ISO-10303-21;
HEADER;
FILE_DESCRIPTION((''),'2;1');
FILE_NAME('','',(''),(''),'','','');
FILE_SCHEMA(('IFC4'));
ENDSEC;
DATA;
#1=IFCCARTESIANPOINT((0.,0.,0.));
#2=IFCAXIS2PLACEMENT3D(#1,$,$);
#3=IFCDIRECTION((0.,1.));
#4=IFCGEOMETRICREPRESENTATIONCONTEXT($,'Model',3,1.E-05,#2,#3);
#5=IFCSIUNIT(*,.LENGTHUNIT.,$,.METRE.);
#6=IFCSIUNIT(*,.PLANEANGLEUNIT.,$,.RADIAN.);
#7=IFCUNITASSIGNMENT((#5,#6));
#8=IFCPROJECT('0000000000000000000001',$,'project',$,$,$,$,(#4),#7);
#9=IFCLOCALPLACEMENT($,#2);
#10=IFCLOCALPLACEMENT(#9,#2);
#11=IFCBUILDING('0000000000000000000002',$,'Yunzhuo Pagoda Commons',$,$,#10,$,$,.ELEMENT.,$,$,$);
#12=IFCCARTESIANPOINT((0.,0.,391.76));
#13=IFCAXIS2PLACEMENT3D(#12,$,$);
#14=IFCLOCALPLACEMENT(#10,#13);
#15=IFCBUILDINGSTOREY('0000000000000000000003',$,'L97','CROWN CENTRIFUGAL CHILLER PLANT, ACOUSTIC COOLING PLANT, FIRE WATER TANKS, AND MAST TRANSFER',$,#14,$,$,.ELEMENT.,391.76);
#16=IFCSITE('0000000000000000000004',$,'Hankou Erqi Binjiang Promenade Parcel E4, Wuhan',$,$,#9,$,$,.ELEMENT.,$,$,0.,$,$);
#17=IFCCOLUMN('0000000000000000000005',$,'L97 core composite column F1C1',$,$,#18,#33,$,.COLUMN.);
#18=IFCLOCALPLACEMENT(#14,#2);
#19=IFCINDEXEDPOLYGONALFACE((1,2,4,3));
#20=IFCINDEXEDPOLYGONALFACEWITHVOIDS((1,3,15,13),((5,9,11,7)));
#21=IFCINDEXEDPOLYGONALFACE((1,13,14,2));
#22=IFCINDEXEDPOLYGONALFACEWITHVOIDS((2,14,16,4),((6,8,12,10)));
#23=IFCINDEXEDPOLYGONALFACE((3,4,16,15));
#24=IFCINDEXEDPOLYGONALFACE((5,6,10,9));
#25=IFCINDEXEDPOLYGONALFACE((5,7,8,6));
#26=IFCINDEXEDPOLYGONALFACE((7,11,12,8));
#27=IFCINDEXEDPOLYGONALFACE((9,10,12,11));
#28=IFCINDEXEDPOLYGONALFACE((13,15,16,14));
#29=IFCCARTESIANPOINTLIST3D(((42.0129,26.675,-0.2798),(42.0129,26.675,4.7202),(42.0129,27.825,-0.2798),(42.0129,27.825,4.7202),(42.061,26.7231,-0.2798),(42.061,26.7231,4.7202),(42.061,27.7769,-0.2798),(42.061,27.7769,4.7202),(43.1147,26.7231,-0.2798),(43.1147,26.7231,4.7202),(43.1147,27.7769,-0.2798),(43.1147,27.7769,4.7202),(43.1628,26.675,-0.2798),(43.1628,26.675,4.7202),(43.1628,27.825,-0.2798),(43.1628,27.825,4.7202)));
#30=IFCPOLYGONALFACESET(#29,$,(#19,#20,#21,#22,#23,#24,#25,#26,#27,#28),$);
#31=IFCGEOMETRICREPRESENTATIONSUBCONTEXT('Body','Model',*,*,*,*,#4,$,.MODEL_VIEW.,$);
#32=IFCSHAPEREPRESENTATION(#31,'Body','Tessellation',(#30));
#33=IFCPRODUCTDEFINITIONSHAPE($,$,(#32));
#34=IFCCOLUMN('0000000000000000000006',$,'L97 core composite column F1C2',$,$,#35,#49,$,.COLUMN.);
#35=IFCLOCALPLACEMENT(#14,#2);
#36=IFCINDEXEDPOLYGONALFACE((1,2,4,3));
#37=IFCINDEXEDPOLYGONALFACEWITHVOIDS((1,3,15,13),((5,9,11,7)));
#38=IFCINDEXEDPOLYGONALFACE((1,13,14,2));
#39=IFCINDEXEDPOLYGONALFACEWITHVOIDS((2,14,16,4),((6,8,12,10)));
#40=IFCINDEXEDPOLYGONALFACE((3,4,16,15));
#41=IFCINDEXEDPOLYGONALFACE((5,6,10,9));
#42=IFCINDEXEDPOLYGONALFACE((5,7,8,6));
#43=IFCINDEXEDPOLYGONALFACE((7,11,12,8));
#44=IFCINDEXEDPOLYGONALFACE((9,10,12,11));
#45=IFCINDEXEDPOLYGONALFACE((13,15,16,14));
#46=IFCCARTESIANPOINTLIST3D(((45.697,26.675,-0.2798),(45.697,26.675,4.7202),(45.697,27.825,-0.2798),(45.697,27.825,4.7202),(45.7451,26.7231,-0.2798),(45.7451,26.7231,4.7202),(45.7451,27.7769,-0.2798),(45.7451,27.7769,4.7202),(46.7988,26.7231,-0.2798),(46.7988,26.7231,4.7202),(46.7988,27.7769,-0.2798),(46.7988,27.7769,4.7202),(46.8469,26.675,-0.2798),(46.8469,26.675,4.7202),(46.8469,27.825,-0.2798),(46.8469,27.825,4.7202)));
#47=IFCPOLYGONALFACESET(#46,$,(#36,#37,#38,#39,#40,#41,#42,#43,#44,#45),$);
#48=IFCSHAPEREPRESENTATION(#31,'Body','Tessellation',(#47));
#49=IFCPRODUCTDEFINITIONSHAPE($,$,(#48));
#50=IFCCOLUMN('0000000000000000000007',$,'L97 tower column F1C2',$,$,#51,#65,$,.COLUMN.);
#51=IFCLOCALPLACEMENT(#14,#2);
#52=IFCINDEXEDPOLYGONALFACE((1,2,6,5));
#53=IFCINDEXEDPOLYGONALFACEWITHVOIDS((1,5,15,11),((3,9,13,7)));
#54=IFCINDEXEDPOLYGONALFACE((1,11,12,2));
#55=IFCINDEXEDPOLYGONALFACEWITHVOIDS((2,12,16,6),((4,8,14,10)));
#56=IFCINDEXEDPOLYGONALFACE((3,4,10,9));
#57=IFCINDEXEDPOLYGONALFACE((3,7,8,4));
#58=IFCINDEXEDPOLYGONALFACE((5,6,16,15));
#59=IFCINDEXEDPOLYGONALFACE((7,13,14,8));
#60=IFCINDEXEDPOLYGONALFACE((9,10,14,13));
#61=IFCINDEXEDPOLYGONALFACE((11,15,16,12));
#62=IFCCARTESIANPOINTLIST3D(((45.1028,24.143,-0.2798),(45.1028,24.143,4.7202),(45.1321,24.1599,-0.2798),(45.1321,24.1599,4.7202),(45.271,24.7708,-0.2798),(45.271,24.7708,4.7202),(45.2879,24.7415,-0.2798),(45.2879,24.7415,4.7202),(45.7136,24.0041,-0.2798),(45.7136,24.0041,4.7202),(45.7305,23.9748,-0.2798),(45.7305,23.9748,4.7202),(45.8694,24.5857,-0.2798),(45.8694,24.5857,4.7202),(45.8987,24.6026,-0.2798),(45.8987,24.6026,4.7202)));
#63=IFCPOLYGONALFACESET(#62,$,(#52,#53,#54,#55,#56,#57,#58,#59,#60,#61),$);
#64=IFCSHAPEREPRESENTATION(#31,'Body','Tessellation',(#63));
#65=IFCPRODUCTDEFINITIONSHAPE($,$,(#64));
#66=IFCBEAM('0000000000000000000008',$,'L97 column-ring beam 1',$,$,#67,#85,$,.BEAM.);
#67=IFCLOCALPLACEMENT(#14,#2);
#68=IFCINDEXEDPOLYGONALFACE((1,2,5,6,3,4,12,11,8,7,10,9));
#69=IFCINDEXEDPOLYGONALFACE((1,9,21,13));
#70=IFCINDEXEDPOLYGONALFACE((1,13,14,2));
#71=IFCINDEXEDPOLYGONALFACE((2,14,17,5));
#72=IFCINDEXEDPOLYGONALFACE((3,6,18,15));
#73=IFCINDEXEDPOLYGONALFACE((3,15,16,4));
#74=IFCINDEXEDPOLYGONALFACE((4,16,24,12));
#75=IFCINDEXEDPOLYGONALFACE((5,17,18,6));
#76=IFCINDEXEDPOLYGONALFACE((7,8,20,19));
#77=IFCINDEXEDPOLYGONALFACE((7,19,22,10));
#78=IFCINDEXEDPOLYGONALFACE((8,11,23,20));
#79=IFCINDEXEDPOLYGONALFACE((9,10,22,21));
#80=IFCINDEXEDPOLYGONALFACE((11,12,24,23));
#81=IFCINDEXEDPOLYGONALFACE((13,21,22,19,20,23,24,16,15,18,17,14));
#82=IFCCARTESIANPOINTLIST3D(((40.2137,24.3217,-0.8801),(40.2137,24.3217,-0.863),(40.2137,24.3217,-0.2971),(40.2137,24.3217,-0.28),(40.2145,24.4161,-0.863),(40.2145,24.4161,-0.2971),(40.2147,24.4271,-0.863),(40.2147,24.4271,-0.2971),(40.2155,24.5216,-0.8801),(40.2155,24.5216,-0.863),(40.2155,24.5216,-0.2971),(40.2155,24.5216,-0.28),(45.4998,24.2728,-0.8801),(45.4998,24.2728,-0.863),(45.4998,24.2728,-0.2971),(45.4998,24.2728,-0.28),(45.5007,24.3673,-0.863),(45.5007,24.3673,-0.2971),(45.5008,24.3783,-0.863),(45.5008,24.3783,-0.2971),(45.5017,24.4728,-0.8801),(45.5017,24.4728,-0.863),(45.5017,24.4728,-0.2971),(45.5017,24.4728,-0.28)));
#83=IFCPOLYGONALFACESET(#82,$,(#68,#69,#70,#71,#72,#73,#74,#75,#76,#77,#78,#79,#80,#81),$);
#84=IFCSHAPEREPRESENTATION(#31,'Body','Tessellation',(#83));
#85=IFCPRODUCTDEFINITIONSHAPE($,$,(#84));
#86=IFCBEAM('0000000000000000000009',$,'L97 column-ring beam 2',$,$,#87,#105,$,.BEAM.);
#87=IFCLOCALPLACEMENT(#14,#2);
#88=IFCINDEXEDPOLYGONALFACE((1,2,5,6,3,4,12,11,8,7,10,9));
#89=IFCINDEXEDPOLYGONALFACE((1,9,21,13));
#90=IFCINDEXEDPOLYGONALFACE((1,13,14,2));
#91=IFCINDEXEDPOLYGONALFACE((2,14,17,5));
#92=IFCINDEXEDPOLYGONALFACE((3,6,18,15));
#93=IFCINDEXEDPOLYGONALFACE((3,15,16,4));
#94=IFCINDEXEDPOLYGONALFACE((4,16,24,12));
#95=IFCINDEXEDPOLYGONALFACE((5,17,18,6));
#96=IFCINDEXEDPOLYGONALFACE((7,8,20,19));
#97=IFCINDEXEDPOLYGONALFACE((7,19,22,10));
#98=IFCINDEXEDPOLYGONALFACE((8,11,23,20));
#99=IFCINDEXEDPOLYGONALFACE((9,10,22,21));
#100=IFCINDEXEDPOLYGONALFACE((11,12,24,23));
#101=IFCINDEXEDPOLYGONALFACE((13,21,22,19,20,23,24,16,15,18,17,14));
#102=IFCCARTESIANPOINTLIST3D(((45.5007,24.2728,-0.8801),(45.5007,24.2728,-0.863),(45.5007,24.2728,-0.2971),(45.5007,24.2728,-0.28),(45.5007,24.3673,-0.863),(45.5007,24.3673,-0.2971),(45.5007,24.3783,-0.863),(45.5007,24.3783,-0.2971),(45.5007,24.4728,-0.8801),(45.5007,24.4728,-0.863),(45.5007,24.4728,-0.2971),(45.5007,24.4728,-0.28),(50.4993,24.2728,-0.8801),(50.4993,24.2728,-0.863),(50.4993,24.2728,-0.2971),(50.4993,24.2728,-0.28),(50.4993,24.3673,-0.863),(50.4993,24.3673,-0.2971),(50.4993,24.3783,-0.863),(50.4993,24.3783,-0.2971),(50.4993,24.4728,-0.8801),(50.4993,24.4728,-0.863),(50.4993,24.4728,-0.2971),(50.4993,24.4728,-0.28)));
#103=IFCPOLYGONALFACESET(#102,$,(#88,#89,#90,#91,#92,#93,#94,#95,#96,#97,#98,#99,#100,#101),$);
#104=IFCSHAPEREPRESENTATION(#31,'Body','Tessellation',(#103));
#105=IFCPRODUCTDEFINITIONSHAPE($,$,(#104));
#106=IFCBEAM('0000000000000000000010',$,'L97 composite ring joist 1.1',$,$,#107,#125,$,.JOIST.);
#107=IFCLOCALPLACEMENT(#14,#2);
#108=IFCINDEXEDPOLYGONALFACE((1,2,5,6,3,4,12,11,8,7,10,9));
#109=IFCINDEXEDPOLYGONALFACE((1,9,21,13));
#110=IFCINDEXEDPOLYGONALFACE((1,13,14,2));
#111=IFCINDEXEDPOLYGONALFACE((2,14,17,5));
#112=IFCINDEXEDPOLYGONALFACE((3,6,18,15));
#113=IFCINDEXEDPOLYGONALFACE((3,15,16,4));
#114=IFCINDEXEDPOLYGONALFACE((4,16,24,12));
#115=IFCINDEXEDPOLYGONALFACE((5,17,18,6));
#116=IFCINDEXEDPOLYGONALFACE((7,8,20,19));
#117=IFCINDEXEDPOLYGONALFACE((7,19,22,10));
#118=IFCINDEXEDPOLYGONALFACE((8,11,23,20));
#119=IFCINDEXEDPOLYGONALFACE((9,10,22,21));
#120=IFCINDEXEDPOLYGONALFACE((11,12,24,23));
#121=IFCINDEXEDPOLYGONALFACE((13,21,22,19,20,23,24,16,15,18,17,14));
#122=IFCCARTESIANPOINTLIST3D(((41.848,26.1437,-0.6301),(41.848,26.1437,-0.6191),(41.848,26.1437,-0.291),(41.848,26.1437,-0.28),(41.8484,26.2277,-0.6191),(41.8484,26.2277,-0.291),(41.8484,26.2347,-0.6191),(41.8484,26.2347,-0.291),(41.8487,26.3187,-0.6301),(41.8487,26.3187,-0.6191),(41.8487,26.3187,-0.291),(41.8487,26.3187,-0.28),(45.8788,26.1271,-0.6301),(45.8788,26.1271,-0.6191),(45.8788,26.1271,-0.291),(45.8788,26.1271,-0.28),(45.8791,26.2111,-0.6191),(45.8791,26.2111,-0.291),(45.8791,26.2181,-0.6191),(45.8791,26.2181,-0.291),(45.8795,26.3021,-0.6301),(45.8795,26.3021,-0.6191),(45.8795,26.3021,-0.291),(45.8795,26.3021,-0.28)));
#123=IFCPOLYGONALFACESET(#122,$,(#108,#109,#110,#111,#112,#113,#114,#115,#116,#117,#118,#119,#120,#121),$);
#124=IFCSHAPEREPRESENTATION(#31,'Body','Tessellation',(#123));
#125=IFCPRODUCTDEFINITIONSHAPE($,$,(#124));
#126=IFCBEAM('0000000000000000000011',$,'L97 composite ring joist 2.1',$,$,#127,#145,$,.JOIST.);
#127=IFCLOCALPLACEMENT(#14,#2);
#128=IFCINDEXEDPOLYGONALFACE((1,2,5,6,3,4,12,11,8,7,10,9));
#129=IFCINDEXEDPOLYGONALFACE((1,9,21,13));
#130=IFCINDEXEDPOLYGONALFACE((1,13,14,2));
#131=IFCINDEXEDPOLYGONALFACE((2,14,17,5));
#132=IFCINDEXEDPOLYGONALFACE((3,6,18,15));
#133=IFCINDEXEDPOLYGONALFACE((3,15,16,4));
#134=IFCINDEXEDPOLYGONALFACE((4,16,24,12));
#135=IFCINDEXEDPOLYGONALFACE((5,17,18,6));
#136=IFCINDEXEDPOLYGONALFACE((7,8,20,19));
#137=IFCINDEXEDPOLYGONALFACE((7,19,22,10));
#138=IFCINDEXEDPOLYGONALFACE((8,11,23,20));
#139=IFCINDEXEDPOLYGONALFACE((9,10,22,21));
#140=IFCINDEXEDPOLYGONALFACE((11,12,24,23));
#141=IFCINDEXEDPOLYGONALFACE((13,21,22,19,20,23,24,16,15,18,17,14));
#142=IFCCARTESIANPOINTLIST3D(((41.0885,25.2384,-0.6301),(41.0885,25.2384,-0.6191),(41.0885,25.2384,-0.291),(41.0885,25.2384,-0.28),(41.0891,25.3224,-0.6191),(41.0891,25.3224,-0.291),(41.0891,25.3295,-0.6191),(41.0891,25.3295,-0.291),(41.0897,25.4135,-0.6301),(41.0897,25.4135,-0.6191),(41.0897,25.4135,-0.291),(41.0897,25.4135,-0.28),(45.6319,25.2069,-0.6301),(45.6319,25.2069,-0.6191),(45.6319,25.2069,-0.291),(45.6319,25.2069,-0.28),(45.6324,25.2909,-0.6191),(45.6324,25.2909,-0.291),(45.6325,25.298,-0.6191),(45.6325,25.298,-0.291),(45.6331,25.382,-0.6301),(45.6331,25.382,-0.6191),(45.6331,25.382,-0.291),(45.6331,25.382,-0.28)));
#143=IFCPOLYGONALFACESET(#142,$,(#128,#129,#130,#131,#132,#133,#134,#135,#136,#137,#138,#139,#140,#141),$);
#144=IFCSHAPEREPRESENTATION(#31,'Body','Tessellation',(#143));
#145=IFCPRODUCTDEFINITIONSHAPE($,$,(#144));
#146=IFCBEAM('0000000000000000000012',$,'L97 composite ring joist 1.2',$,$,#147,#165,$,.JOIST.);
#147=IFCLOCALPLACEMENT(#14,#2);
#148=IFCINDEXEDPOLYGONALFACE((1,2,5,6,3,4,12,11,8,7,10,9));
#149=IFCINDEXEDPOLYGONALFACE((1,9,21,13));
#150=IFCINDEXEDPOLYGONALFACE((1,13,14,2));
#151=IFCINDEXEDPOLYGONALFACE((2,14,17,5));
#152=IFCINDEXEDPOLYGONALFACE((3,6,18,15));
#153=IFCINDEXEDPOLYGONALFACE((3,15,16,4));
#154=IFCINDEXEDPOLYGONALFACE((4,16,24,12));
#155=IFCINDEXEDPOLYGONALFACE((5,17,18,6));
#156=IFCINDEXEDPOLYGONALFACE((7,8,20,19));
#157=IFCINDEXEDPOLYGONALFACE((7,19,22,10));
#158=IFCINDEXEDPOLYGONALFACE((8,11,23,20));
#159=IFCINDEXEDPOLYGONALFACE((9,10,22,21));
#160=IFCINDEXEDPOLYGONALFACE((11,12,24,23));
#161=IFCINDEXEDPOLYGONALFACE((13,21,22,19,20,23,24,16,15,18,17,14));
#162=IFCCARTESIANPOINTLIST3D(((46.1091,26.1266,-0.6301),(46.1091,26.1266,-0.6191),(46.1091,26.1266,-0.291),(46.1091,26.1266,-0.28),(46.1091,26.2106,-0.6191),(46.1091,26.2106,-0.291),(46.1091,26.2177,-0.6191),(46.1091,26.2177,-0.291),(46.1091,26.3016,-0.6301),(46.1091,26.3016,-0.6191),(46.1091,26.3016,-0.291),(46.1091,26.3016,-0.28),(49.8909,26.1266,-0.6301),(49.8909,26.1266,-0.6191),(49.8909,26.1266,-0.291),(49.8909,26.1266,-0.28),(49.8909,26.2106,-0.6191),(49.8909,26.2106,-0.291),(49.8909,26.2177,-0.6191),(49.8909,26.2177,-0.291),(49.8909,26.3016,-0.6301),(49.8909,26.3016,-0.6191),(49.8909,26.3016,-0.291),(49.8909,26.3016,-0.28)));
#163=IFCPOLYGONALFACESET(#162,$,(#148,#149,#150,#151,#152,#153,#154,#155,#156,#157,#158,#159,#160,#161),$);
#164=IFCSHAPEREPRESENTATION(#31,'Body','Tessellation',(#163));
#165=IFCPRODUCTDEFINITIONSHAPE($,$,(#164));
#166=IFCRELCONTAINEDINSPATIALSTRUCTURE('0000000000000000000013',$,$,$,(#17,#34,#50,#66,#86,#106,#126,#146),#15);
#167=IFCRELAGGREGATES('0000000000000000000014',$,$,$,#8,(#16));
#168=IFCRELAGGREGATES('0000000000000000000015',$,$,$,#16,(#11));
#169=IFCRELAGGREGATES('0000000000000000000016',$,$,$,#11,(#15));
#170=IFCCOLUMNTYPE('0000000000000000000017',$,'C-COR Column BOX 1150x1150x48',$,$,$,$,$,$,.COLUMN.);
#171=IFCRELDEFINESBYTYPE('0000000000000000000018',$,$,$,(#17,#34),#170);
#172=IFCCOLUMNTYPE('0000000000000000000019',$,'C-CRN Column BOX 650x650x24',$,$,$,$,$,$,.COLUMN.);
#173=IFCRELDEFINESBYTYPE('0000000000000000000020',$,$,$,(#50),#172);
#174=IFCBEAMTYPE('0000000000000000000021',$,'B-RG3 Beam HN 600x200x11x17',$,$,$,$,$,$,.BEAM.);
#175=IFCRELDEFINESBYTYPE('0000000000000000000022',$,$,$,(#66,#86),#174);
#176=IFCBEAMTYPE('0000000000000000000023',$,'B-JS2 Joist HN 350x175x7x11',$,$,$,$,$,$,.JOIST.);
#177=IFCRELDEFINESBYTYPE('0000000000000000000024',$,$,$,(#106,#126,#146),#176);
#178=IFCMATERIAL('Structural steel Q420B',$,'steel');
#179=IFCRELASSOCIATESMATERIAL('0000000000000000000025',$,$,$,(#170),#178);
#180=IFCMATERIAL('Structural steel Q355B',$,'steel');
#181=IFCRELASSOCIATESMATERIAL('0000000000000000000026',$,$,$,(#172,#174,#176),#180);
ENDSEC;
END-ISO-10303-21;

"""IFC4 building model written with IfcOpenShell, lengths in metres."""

from ifc_helpers import new_model, si_unit, direction, frame, origin, origin_2d, place, context, subcontext, project, spatial, hollow_rectangle, i_section, extrude, source, transform, mapped, material, material_profile, profile_set, type_object, element, save


model = new_model("IFC4")

# Units and contexts
model_context = context("Model", 3, precision=1e-05, world=origin(), true_north=direction((0.0, 1.0)))
body_context = subcontext(model_context, "Body", "Model", "MODEL_VIEW")
ifc_project = project(units=[si_unit("LENGTHUNIT", "METRE"), si_unit("PLANEANGLEUNIT", "RADIAN")], contexts=[model_context])

# Site, building, storey
site_placement = place(None, origin())
site = spatial("IfcSite", under=ifc_project, at=site_placement, Name="Hankou Erqi Binjiang Promenade Parcel E4, Wuhan", CompositionType="ELEMENT", RefElevation=0.0)
building_placement = place(site_placement, origin())
building = spatial("IfcBuilding", under=site, at=building_placement, Name="Yunzhuo Pagoda Commons", CompositionType="ELEMENT")
storey_placement = place(building_placement, frame((0.0, 0.0, 391.76)))
storey = spatial("IfcBuildingStorey", under=building, at=storey_placement, Name="L97", Description="CROWN CENTRIFUGAL CHILLER PLANT, ACOUSTIC COOLING PLANT, FIRE WATER TANKS, AND MAST TRANSFER", CompositionType="ELEMENT", Elevation=391.76)

# Columns
ifc_material_1 = material(Name="Structural steel Q420B", Category="steel")
ifc_material_profile_1 = material_profile(ifc_material_1, hollow_rectangle(XDim=1.1499, YDim=1.1499, WallThickness=0.0481, at=origin_2d()), Name="Structural steel Q420B")
ifc_profile_set_1 = profile_set([ifc_material_profile_1], Name="Structural steel Q420B")
column_type_1 = type_object("IfcColumnType", Name="C-COR Column BOX 1150x1150x48", PredefinedType="COLUMN", material=ifc_profile_set_1)
shared_shape_1 = source(origin(), body_context, "Body", "SweptSolid", [
    extrude(hollow_rectangle(XDim=1.1499, YDim=1.1499, WallThickness=0.0481, at=origin_2d()), origin(), (0.0, 0.0, 1.0), 5.0),
])
for number, where, z_axis, x_axis, name in (
    (1, (42.5879, 27.25, -0.2798), (0.0, 0.0, 1.0), (1.0, 0.0, 0.0), "L97 core composite column F1C1"),
    (2, (46.272, 27.25, -0.2798), (0.0, 0.0, 1.0), (1.0, 0.0, 0.0), "L97 core composite column F1C2"),
):
    element("IfcColumn", number, at=place(storey_placement, frame(where, z_axis=z_axis, x_axis=x_axis)), inside=storey, type_object=column_type_1, Name=name, PredefinedType="COLUMN", context=body_context, shape_type="MappedRepresentation", body=[
        mapped(shared_shape_1, transform((0.0, 0.0, 0.0), scale=1.0)),
    ])
ifc_material_2 = material(Name="Structural steel Q355B", Category="steel")
ifc_material_profile_2 = material_profile(ifc_material_2, hollow_rectangle(XDim=0.6499, YDim=0.6499, WallThickness=0.0239, at=origin_2d()), Name="Structural steel Q355B")
ifc_profile_set_2 = profile_set([ifc_material_profile_2], Name="Structural steel Q355B")
column_type_2 = type_object("IfcColumnType", Name="C-CRN Column BOX 650x650x24", PredefinedType="COLUMN", material=ifc_profile_set_2)
shared_shape_2 = source(origin(), body_context, "Body", "SweptSolid", [
    extrude(hollow_rectangle(XDim=0.6499, YDim=0.6499, WallThickness=0.0239, at=origin_2d()), origin(), (0.0, 0.0, 1.0), 5.0),
])
column_placement = place(storey_placement, frame((45.5007, 24.3728, -0.2798), z_axis=(0.0, 0.0, 1.0), x_axis=(0.965926, -0.258819, 0.0)))
element("IfcColumn", 3, at=column_placement, inside=storey, type_object=column_type_2, Name="L97 tower column F1C2", PredefinedType="COLUMN", context=body_context, shape_type="MappedRepresentation", body=[
    mapped(shared_shape_2, transform((0.0, 0.0, 0.0), scale=1.0)),
])

# Beams
ifc_material_profile_3 = material_profile(ifc_material_2, i_section(OverallWidth=0.2, OverallDepth=0.6001, WebThickness=0.011, FlangeThickness=0.0171, at=origin_2d()), Name="Structural steel Q355B")
ifc_profile_set_3 = profile_set([ifc_material_profile_3], Name="Structural steel Q355B")
beam_type_1 = type_object("IfcBeamType", Name="B-RG3 Beam HN 600x200x11x17", PredefinedType="BEAM", material=ifc_profile_set_3)
shared_shape_3 = source(origin(), body_context, "Body", "SweptSolid", [
    extrude(i_section(OverallWidth=0.2, OverallDepth=0.6001, WebThickness=0.011, FlangeThickness=0.0171, at=origin_2d()), origin(), (0.0, 0.0, 1.0), 5.2864),
])
beam_1_placement = place(storey_placement, frame((40.2146, 24.4216, -0.5801), z_axis=(0.999957, -0.009237, 0.0), x_axis=(0.009237, 0.999957, 0.0)))
element("IfcBeam", 4, at=beam_1_placement, inside=storey, type_object=beam_type_1, Name="L97 column-ring beam 1", PredefinedType="BEAM", context=body_context, shape_type="MappedRepresentation", body=[
    mapped(shared_shape_3, transform((0.0, 0.0, 0.0), scale=1.0)),
])
shared_shape_4 = source(origin(), body_context, "Body", "SweptSolid", [
    extrude(i_section(OverallWidth=0.2, OverallDepth=0.6001, WebThickness=0.011, FlangeThickness=0.0171, at=origin_2d()), origin(), (0.0, 0.0, 1.0), 4.9985),
])
beam_2_placement = place(storey_placement, frame((45.5007, 24.3728, -0.5801), z_axis=(1.0, 0.0, 0.0), x_axis=(0.0, 1.0, 0.0)))
element("IfcBeam", 5, at=beam_2_placement, inside=storey, type_object=beam_type_1, Name="L97 column-ring beam 2", PredefinedType="BEAM", context=body_context, shape_type="MappedRepresentation", body=[
    mapped(shared_shape_4, transform((0.0, 0.0, 0.0), scale=1.0)),
])
ifc_material_profile_4 = material_profile(ifc_material_2, i_section(OverallWidth=0.175, OverallDepth=0.3501, WebThickness=0.0071, FlangeThickness=0.011, at=origin_2d()), Name="Structural steel Q355B")
ifc_profile_set_4 = profile_set([ifc_material_profile_4], Name="Structural steel Q355B")
beam_type_2 = type_object("IfcBeamType", Name="B-JS2 Joist HN 350x175x7x11", PredefinedType="JOIST", material=ifc_profile_set_4)
shared_shape_5 = source(origin(), body_context, "Body", "SweptSolid", [
    extrude(i_section(OverallWidth=0.175, OverallDepth=0.3501, WebThickness=0.0071, FlangeThickness=0.011, at=origin_2d()), origin(), (0.0, 0.0, 1.0), 4.0308),
])
beam_3_placement = place(storey_placement, frame((41.8484, 26.2312, -0.4551), z_axis=(0.999992, -0.004119, 0.0), x_axis=(0.004119, 0.999992, 0.0)))
element("IfcBeam", 6, at=beam_3_placement, inside=storey, type_object=beam_type_2, Name="L97 composite ring joist 1.1", PredefinedType="JOIST", context=body_context, shape_type="MappedRepresentation", body=[
    mapped(shared_shape_5, transform((0.0, 0.0, 0.0), scale=1.0)),
])
shared_shape_6 = source(origin(), body_context, "Body", "SweptSolid", [
    extrude(i_section(OverallWidth=0.175, OverallDepth=0.3501, WebThickness=0.0071, FlangeThickness=0.011, at=origin_2d()), origin(), (0.0, 0.0, 1.0), 4.5435),
])
beam_4_placement = place(storey_placement, frame((41.0891, 25.3259, -0.4551), z_axis=(0.999976, -0.006932, 0.0), x_axis=(0.006932, 0.999976, 0.0)))
element("IfcBeam", 7, at=beam_4_placement, inside=storey, type_object=beam_type_2, Name="L97 composite ring joist 2.1", PredefinedType="JOIST", context=body_context, shape_type="MappedRepresentation", body=[
    mapped(shared_shape_6, transform((0.0, 0.0, 0.0), scale=1.0)),
])
shared_shape_7 = source(origin(), body_context, "Body", "SweptSolid", [
    extrude(i_section(OverallWidth=0.175, OverallDepth=0.3501, WebThickness=0.0071, FlangeThickness=0.011, at=origin_2d()), origin(), (0.0, 0.0, 1.0), 3.7817),
])
beam_5_placement = place(storey_placement, frame((46.1091, 26.2141, -0.4551), z_axis=(1.0, 0.0, 0.0), x_axis=(0.0, 1.0, 0.0)))
element("IfcBeam", 8, at=beam_5_placement, inside=storey, type_object=beam_type_2, Name="L97 composite ring joist 1.2", PredefinedType="JOIST", context=body_context, shape_type="MappedRepresentation", body=[
    mapped(shared_shape_7, transform((0.0, 0.0, 0.0), scale=1.0)),
])

save(model, "model.ifc")
